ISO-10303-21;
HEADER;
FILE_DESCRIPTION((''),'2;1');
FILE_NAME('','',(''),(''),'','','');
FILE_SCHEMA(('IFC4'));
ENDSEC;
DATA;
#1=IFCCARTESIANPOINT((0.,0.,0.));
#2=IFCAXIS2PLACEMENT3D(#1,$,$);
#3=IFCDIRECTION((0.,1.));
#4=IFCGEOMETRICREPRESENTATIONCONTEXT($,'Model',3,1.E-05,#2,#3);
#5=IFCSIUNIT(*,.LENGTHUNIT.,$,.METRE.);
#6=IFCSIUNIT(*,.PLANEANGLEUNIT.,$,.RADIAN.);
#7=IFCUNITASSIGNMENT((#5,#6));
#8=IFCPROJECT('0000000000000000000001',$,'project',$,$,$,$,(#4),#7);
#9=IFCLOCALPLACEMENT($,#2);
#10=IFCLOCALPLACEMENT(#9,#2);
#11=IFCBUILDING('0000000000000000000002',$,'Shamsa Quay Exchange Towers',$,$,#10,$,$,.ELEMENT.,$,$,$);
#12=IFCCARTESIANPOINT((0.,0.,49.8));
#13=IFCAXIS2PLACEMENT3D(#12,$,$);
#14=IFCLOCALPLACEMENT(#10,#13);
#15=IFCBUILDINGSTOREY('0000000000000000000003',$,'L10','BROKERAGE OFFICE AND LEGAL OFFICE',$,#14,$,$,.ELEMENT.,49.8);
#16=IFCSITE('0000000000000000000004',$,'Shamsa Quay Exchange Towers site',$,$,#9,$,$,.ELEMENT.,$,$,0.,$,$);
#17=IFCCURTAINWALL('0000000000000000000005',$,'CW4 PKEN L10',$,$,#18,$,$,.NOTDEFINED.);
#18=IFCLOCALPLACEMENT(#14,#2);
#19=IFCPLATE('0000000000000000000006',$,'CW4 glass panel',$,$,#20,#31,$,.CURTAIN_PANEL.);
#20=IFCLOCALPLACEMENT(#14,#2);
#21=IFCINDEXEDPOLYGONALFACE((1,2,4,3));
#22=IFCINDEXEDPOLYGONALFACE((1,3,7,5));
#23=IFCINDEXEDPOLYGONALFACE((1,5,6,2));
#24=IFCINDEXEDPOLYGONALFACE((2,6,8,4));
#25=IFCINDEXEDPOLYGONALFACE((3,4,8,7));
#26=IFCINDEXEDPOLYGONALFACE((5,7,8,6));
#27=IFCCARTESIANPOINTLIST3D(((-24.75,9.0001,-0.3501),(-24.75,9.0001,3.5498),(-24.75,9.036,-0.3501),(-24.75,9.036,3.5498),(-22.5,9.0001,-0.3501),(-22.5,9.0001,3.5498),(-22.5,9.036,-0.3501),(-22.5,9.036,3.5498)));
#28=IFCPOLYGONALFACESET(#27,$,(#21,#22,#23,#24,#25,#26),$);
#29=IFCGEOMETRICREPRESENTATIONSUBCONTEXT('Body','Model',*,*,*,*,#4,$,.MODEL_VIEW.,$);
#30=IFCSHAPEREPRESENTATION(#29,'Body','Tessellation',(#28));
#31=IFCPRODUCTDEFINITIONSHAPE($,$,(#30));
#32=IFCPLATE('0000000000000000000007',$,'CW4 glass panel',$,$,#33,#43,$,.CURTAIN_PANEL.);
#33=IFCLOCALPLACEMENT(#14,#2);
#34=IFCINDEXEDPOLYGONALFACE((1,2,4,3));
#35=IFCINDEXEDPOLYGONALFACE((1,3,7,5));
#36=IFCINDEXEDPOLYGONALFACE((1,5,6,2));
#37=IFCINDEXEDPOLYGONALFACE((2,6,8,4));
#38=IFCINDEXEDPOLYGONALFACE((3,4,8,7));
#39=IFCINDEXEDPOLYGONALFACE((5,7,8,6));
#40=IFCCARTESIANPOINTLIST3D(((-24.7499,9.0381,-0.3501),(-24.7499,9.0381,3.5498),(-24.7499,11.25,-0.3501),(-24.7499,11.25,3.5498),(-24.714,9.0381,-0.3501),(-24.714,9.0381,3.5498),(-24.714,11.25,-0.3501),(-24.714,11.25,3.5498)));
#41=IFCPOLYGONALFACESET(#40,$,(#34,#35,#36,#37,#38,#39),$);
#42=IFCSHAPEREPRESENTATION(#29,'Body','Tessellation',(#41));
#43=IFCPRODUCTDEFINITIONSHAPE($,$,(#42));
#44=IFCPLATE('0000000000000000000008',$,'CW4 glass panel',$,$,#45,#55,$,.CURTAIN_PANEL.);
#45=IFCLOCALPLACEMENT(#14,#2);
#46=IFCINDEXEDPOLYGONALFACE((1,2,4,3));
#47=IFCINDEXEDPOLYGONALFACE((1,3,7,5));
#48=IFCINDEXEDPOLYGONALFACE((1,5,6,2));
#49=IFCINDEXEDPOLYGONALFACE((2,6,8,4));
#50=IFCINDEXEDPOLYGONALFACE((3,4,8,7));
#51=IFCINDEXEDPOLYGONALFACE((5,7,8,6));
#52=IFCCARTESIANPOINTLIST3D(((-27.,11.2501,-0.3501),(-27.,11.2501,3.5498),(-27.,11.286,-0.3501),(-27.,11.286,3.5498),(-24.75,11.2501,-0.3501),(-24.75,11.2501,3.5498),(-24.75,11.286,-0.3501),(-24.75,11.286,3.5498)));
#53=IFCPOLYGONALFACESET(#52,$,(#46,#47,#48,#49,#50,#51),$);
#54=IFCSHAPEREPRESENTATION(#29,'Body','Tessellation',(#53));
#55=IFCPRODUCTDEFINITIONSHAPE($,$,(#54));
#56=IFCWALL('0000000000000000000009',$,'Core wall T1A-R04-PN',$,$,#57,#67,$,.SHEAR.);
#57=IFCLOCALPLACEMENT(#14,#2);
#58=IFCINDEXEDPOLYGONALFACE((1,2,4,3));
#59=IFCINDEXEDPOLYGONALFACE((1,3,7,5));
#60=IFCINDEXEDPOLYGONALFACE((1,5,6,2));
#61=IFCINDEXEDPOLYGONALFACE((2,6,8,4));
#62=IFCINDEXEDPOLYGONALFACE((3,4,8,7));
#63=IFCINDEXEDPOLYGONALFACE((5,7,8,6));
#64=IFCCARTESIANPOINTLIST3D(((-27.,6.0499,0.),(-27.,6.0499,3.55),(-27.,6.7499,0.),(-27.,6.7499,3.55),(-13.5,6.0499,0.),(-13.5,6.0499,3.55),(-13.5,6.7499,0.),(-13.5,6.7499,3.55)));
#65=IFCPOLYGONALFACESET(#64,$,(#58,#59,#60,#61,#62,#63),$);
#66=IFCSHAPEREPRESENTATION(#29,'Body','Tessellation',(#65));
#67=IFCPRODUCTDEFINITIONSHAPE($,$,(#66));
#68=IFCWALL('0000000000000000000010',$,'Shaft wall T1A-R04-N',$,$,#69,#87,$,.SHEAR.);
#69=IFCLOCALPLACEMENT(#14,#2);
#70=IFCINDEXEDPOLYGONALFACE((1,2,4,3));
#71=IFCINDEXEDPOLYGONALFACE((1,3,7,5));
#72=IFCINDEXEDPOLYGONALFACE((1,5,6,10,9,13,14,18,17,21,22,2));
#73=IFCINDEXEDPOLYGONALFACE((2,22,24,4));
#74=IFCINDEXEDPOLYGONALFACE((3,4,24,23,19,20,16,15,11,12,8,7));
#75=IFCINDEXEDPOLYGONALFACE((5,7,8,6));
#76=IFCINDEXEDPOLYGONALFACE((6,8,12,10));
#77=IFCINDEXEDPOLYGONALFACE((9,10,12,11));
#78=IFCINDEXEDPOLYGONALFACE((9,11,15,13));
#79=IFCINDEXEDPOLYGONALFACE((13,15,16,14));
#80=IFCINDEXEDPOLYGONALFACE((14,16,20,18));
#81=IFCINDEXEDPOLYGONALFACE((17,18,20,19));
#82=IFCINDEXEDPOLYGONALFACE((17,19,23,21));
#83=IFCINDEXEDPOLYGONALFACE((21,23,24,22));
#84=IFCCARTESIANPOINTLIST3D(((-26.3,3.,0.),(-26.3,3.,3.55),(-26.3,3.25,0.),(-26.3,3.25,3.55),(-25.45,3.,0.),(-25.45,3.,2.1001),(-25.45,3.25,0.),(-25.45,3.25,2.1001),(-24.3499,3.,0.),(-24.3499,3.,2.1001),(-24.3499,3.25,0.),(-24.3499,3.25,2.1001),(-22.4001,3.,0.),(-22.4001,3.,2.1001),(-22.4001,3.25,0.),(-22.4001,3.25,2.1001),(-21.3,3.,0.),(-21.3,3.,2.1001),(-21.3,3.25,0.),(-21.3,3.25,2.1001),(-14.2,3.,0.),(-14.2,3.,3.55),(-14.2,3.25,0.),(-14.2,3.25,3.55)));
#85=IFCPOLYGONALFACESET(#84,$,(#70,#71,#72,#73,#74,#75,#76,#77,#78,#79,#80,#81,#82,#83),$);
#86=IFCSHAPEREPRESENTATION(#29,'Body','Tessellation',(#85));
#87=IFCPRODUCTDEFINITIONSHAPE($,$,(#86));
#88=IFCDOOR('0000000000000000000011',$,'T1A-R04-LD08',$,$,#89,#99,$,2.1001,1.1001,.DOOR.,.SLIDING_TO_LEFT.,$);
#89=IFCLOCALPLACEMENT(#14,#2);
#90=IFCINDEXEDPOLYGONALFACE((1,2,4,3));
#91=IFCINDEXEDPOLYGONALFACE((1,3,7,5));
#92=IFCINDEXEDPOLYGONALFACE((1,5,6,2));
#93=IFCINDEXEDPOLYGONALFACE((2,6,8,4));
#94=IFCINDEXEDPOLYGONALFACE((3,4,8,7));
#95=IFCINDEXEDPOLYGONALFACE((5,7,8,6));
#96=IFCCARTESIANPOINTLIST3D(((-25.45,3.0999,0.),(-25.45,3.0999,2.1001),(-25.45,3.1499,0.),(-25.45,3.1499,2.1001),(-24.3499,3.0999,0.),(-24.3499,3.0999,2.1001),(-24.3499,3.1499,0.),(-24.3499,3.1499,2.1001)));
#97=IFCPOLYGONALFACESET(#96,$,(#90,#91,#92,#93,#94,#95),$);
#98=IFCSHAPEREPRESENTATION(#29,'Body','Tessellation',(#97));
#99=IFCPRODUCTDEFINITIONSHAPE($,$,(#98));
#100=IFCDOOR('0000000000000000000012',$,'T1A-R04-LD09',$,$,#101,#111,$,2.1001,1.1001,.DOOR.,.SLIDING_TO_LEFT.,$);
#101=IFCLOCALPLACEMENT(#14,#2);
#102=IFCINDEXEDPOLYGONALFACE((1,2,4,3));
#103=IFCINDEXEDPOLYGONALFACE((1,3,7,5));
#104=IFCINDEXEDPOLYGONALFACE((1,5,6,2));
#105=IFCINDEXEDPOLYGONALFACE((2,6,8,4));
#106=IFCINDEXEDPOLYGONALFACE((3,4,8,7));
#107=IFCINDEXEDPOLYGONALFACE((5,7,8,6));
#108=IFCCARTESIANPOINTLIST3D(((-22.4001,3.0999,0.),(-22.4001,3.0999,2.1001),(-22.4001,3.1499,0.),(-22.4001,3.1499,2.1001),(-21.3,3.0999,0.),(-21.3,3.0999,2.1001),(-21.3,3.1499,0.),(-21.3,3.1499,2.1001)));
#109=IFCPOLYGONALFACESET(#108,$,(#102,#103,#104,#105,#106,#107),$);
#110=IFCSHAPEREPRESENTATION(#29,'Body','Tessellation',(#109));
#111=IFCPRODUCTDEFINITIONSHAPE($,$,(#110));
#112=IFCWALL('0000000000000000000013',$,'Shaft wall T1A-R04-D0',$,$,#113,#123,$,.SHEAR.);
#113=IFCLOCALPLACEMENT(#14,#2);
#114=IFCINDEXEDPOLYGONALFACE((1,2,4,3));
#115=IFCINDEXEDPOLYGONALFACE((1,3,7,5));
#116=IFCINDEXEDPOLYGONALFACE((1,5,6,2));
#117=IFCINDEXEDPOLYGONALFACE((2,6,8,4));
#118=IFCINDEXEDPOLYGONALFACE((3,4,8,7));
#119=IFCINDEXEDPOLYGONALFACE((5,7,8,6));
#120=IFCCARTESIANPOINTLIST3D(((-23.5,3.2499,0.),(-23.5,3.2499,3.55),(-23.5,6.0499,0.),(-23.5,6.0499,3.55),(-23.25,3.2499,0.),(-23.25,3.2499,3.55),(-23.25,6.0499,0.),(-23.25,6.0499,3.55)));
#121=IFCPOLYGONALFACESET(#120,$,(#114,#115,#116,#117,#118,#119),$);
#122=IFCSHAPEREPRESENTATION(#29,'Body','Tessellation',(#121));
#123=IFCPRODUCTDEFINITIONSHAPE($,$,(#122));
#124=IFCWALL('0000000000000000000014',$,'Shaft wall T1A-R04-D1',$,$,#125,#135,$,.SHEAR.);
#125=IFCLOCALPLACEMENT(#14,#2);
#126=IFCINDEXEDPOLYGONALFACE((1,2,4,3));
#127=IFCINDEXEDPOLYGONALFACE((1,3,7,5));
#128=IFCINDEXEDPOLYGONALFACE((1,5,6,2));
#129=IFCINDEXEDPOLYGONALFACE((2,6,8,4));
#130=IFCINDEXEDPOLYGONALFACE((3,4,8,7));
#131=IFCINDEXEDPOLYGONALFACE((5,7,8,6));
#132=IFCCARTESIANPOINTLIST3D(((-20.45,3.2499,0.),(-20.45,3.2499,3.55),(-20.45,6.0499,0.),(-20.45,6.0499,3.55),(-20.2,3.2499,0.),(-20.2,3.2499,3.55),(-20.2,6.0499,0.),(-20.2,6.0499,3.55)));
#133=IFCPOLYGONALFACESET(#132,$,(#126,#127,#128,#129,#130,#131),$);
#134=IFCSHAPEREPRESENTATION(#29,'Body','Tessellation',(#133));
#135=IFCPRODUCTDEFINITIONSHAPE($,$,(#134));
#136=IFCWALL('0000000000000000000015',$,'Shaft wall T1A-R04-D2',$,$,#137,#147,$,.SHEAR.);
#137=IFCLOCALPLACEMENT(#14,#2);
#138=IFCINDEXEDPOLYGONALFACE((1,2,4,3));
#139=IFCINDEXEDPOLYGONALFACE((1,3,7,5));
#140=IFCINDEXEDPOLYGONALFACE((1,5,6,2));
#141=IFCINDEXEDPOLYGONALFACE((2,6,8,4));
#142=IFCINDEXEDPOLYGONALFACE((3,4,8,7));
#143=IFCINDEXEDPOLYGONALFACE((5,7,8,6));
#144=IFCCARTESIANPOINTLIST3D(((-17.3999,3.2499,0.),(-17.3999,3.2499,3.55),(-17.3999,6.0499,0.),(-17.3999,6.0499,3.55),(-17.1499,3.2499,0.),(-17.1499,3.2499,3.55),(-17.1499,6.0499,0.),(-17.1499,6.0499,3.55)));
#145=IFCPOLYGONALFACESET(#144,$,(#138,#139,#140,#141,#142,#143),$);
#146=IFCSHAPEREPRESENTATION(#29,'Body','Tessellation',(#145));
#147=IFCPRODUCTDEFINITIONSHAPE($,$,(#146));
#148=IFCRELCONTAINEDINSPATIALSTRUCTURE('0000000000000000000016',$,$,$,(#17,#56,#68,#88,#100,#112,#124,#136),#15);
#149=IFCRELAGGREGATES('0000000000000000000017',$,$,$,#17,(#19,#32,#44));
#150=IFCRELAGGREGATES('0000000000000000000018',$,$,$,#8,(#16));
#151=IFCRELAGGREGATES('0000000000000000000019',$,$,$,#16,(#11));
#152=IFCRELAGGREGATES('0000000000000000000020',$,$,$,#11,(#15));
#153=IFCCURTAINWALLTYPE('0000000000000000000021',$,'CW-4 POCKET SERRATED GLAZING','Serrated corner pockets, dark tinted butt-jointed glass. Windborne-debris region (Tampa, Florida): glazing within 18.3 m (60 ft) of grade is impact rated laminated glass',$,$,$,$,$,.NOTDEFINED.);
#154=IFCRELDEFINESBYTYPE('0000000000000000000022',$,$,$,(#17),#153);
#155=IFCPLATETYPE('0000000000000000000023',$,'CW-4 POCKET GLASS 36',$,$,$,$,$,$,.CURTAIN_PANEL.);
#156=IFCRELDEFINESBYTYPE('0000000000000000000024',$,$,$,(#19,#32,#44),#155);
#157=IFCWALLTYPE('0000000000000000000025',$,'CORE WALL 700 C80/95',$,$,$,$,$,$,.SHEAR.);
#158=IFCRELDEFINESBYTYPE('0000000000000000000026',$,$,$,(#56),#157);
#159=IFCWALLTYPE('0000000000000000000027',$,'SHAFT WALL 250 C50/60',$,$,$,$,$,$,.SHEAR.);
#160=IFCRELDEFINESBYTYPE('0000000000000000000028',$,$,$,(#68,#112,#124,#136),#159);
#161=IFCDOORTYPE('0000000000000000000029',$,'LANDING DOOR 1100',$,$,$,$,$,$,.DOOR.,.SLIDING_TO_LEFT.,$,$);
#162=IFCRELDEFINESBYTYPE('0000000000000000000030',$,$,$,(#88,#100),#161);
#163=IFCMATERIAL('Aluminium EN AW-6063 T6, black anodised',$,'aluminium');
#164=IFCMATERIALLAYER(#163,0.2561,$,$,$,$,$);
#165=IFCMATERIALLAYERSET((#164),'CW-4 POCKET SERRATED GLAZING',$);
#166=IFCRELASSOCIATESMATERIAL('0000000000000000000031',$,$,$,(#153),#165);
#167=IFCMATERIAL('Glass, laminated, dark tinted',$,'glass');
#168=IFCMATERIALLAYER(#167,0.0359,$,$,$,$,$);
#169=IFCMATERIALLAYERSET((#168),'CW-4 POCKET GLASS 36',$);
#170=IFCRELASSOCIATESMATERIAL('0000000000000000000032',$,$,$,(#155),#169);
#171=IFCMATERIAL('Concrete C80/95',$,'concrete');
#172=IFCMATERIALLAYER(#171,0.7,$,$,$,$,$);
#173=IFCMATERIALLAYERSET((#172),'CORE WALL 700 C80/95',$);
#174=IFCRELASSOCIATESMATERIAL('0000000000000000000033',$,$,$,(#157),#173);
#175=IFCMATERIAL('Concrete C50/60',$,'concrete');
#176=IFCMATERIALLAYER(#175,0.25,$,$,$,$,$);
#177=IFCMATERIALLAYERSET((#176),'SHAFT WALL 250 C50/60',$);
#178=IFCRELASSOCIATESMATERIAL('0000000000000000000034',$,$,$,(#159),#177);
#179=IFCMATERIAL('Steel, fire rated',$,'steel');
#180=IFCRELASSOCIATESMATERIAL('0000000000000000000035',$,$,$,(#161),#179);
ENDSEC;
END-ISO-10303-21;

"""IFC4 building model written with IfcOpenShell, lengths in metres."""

from ifc_helpers import new_model, si_unit, direction, frame, frame_2d, origin, origin_2d, place, context, subcontext, project, spatial, rectangle, extrude, material, layer, layer_set, type_object, element, fill, aggregate, save


model = new_model("IFC4")

# Units and contexts
model_context = context("Model", 3, precision=1e-05, world=origin(), true_north=direction((0.0, 1.0)))
body_context = subcontext(model_context, "Body", "Model", "MODEL_VIEW")
ifc_project = project(units=[si_unit("LENGTHUNIT", "METRE"), si_unit("PLANEANGLEUNIT", "RADIAN")], contexts=[model_context])

# Site, building, storey
site_placement = place(None, origin())
site = spatial("IfcSite", under=ifc_project, at=site_placement, Name="Shamsa Quay Exchange Towers site", CompositionType="ELEMENT", RefElevation=0.0)
building_placement = place(site_placement, origin())
building = spatial("IfcBuilding", under=site, at=building_placement, Name="Shamsa Quay Exchange Towers", CompositionType="ELEMENT")
storey_placement = place(building_placement, frame((0.0, 0.0, 49.8)))
storey = spatial("IfcBuildingStorey", under=building, at=storey_placement, Name="L10", Description="BROKERAGE OFFICE AND LEGAL OFFICE", CompositionType="ELEMENT", Elevation=49.8)

# Shared definitions
ifc_material_1 = material(Name="Aluminium EN AW-6063 T6, black anodised", Category="aluminium")

# Shared definitions
ifc_material_2 = material(Name="Glass, laminated, dark tinted", Category="glass")

# Curtain wall, plates
ifc_layer_1 = layer(ifc_material_1, 0.2561)
ifc_layer_set_1 = layer_set([ifc_layer_1], Name="CW-4 POCKET SERRATED GLAZING")
curtain_wall_type_1 = type_object("IfcCurtainWallType", Name="CW-4 POCKET SERRATED GLAZING", Description="Serrated corner pockets, dark tinted butt-jointed glass. Windborne-debris region (Tampa, Florida): glazing within 18.3 m (60 ft) of grade is impact rated laminated glass", PredefinedType="NOTDEFINED", material=ifc_layer_set_1)
curtain_wall_1_placement = place(storey_placement, origin())
curtain_wall_1 = element("IfcCurtainWall", 1, at=curtain_wall_1_placement, inside=storey, type_object=curtain_wall_type_1, Name="CW4 PKEN L10", PredefinedType="NOTDEFINED")
ifc_layer_2 = layer(ifc_material_2, 0.0359)
ifc_layer_set_2 = layer_set([ifc_layer_2], Name="CW-4 POCKET GLASS 36")
plate_type_1 = type_object("IfcPlateType", Name="CW-4 POCKET GLASS 36", PredefinedType="CURTAIN_PANEL", material=ifc_layer_set_2)
plate_1_placement = place(storey_placement, frame((-23.625, 9.0181, -0.3501), z_axis=(0.0, 0.0, 1.0), x_axis=(-1.0, 0.0, 0.0)))
plate_1 = element("IfcPlate", 2, at=plate_1_placement, type_object=plate_type_1, Name="CW4 glass panel", PredefinedType="CURTAIN_PANEL", context=body_context, shape_type="SweptSolid", body=[
    extrude(rectangle(XDim=2.25, YDim=0.0359, at=origin_2d()), origin(), (0.0, 0.0, 1.0), 3.8999),
])
plate_2_placement = place(storey_placement, frame((-24.7319, 10.144, -0.3501), z_axis=(0.0, 0.0, 1.0), x_axis=(0.0, 1.0, 0.0)))
plate_2 = element("IfcPlate", 3, at=plate_2_placement, type_object=plate_type_1, Name="CW4 glass panel", PredefinedType="CURTAIN_PANEL", context=body_context, shape_type="SweptSolid", body=[
    extrude(rectangle(XDim=2.2119, YDim=0.0359, at=origin_2d()), origin(), (0.0, 0.0, 1.0), 3.8999),
])
plate_3_placement = place(storey_placement, frame((-25.875, 11.2681, -0.3501), z_axis=(0.0, 0.0, 1.0), x_axis=(-1.0, 0.0, 0.0)))
plate_3 = element("IfcPlate", 4, at=plate_3_placement, type_object=plate_type_1, Name="CW4 glass panel", PredefinedType="CURTAIN_PANEL", context=body_context, shape_type="SweptSolid", body=[
    extrude(rectangle(XDim=2.25, YDim=0.0359, at=origin_2d()), origin(), (0.0, 0.0, 1.0), 3.8999),
])
aggregate(curtain_wall_1, [plate_1, plate_2, plate_3])

# Wall
ifc_material_3 = material(Name="Concrete C80/95", Category="concrete")
ifc_layer_3 = layer(ifc_material_3, 0.7)
ifc_layer_set_3 = layer_set([ifc_layer_3], Name="CORE WALL 700 C80/95")
wall_type_1 = type_object("IfcWallType", Name="CORE WALL 700 C80/95", PredefinedType="SHEAR", material=ifc_layer_set_3)
wall_1_placement = place(storey_placement, frame((-27.0, 6.3999, 0.0)))
element("IfcWall", 5, at=wall_1_placement, inside=storey, type_object=wall_type_1, Name="Core wall T1A-R04-PN", PredefinedType="SHEAR", context=body_context, shape_type="SweptSolid", body=[
    extrude(rectangle(XDim=13.5, YDim=0.7, at=frame_2d((6.75, 0.0))), origin(), (0.0, 0.0, 1.0), 3.55),
])

# Shared definitions
ifc_material_4 = material(Name="Steel, fire rated", Category="steel")

# Wall, openings, doors
ifc_material_5 = material(Name="Concrete C50/60", Category="concrete")
ifc_layer_4 = layer(ifc_material_5, 0.25)
ifc_layer_set_4 = layer_set([ifc_layer_4], Name="SHAFT WALL 250 C50/60")
wall_type_2 = type_object("IfcWallType", Name="SHAFT WALL 250 C50/60", PredefinedType="SHEAR", material=ifc_layer_set_4)
wall_2_placement = place(storey_placement, frame((-26.3, 3.125, 0.0)))
wall_2 = element("IfcWall", 6, at=wall_2_placement, inside=storey, type_object=wall_type_2, Name="Shaft wall T1A-R04-N", PredefinedType="SHEAR", context=body_context, shape_type="SweptSolid", body=[
    extrude(rectangle(XDim=12.1001, YDim=0.25, at=frame_2d((6.05, 0.0))), origin(), (0.0, 0.0, 1.0), 3.55),
])
opening_1_placement = place(wall_2_placement, frame((0.8501, 0.0, 0.0)))
opening_1 = element("IfcOpeningElement", 7, at=opening_1_placement, cuts=wall_2, PredefinedType="OPENING", context=body_context, shape_type="SweptSolid", body=[
    extrude(rectangle(XDim=1.1001, YDim=2.1001, at=frame_2d((0.55, 1.05))), frame((0.0, 0.135, 0.0), z_axis=(0.0, -1.0, 0.0), x_axis=(1.0, 0.0, 0.0)), (0.0, 0.0, 1.0), 0.27),
])
opening_2_placement = place(wall_2_placement, frame((3.8999, 0.0, 0.0)))
opening_2 = element("IfcOpeningElement", 8, at=opening_2_placement, cuts=wall_2, PredefinedType="OPENING", context=body_context, shape_type="SweptSolid", body=[
    extrude(rectangle(XDim=1.1001, YDim=2.1001, at=frame_2d((0.55, 1.05))), frame((0.0, 0.135, 0.0), z_axis=(0.0, -1.0, 0.0), x_axis=(1.0, 0.0, 0.0)), (0.0, 0.0, 1.0), 0.27),
])
door_type_1 = type_object("IfcDoorType", Name="LANDING DOOR 1100", OperationType="SLIDING_TO_LEFT", PredefinedType="DOOR", material=ifc_material_4)
door_1_placement = place(opening_1_placement, origin())
door_1 = element("IfcDoor", 9, at=door_1_placement, inside=storey, type_object=door_type_1, Name="T1A-R04-LD08", OperationType="SLIDING_TO_LEFT", OverallHeight=2.1001, OverallWidth=1.1001, PredefinedType="DOOR", context=body_context, shape_type="SweptSolid", body=[
    extrude(rectangle(XDim=1.1001, YDim=2.1001, at=frame_2d((0.55, 1.05))), frame((0.0, 0.0249, 0.0), z_axis=(0.0, -1.0, 0.0), x_axis=(1.0, 0.0, 0.0)), (0.0, 0.0, 1.0), 0.05),
])
fill(opening_1, door_1)
door_2_placement = place(opening_2_placement, origin())
door_2 = element("IfcDoor", 10, at=door_2_placement, inside=storey, type_object=door_type_1, Name="T1A-R04-LD09", OperationType="SLIDING_TO_LEFT", OverallHeight=2.1001, OverallWidth=1.1001, PredefinedType="DOOR", context=body_context, shape_type="SweptSolid", body=[
    extrude(rectangle(XDim=1.1001, YDim=2.1001, at=frame_2d((0.55, 1.05))), frame((0.0, 0.0249, 0.0), z_axis=(0.0, -1.0, 0.0), x_axis=(1.0, 0.0, 0.0)), (0.0, 0.0, 1.0), 0.05),
])
fill(opening_2, door_2)

# Walls
for number, where, z_axis, x_axis, name in (
    (11, (-23.375, 3.25, 0.0), (0.0, 0.0, 1.0), (0.0, 1.0, 0.0), "Shaft wall T1A-R04-D0"),
    (12, (-20.325, 3.25, 0.0), (0.0, 0.0, 1.0), (0.0, 1.0, 0.0), "Shaft wall T1A-R04-D1"),
    (13, (-17.2749, 3.25, 0.0), (0.0, 0.0, 1.0), (0.0, 1.0, 0.0), "Shaft wall T1A-R04-D2"),
):
    element("IfcWall", number, at=place(storey_placement, frame(where, z_axis=z_axis, x_axis=x_axis)), inside=storey, type_object=wall_type_2, Name=name, PredefinedType="SHEAR", context=body_context, shape_type="SweptSolid", body=[
        extrude(rectangle(XDim=2.8, YDim=0.25, at=frame_2d((1.3999, 0.0))), origin(), (0.0, 0.0, 1.0), 3.55),
    ])

save(model, "model.ifc")
